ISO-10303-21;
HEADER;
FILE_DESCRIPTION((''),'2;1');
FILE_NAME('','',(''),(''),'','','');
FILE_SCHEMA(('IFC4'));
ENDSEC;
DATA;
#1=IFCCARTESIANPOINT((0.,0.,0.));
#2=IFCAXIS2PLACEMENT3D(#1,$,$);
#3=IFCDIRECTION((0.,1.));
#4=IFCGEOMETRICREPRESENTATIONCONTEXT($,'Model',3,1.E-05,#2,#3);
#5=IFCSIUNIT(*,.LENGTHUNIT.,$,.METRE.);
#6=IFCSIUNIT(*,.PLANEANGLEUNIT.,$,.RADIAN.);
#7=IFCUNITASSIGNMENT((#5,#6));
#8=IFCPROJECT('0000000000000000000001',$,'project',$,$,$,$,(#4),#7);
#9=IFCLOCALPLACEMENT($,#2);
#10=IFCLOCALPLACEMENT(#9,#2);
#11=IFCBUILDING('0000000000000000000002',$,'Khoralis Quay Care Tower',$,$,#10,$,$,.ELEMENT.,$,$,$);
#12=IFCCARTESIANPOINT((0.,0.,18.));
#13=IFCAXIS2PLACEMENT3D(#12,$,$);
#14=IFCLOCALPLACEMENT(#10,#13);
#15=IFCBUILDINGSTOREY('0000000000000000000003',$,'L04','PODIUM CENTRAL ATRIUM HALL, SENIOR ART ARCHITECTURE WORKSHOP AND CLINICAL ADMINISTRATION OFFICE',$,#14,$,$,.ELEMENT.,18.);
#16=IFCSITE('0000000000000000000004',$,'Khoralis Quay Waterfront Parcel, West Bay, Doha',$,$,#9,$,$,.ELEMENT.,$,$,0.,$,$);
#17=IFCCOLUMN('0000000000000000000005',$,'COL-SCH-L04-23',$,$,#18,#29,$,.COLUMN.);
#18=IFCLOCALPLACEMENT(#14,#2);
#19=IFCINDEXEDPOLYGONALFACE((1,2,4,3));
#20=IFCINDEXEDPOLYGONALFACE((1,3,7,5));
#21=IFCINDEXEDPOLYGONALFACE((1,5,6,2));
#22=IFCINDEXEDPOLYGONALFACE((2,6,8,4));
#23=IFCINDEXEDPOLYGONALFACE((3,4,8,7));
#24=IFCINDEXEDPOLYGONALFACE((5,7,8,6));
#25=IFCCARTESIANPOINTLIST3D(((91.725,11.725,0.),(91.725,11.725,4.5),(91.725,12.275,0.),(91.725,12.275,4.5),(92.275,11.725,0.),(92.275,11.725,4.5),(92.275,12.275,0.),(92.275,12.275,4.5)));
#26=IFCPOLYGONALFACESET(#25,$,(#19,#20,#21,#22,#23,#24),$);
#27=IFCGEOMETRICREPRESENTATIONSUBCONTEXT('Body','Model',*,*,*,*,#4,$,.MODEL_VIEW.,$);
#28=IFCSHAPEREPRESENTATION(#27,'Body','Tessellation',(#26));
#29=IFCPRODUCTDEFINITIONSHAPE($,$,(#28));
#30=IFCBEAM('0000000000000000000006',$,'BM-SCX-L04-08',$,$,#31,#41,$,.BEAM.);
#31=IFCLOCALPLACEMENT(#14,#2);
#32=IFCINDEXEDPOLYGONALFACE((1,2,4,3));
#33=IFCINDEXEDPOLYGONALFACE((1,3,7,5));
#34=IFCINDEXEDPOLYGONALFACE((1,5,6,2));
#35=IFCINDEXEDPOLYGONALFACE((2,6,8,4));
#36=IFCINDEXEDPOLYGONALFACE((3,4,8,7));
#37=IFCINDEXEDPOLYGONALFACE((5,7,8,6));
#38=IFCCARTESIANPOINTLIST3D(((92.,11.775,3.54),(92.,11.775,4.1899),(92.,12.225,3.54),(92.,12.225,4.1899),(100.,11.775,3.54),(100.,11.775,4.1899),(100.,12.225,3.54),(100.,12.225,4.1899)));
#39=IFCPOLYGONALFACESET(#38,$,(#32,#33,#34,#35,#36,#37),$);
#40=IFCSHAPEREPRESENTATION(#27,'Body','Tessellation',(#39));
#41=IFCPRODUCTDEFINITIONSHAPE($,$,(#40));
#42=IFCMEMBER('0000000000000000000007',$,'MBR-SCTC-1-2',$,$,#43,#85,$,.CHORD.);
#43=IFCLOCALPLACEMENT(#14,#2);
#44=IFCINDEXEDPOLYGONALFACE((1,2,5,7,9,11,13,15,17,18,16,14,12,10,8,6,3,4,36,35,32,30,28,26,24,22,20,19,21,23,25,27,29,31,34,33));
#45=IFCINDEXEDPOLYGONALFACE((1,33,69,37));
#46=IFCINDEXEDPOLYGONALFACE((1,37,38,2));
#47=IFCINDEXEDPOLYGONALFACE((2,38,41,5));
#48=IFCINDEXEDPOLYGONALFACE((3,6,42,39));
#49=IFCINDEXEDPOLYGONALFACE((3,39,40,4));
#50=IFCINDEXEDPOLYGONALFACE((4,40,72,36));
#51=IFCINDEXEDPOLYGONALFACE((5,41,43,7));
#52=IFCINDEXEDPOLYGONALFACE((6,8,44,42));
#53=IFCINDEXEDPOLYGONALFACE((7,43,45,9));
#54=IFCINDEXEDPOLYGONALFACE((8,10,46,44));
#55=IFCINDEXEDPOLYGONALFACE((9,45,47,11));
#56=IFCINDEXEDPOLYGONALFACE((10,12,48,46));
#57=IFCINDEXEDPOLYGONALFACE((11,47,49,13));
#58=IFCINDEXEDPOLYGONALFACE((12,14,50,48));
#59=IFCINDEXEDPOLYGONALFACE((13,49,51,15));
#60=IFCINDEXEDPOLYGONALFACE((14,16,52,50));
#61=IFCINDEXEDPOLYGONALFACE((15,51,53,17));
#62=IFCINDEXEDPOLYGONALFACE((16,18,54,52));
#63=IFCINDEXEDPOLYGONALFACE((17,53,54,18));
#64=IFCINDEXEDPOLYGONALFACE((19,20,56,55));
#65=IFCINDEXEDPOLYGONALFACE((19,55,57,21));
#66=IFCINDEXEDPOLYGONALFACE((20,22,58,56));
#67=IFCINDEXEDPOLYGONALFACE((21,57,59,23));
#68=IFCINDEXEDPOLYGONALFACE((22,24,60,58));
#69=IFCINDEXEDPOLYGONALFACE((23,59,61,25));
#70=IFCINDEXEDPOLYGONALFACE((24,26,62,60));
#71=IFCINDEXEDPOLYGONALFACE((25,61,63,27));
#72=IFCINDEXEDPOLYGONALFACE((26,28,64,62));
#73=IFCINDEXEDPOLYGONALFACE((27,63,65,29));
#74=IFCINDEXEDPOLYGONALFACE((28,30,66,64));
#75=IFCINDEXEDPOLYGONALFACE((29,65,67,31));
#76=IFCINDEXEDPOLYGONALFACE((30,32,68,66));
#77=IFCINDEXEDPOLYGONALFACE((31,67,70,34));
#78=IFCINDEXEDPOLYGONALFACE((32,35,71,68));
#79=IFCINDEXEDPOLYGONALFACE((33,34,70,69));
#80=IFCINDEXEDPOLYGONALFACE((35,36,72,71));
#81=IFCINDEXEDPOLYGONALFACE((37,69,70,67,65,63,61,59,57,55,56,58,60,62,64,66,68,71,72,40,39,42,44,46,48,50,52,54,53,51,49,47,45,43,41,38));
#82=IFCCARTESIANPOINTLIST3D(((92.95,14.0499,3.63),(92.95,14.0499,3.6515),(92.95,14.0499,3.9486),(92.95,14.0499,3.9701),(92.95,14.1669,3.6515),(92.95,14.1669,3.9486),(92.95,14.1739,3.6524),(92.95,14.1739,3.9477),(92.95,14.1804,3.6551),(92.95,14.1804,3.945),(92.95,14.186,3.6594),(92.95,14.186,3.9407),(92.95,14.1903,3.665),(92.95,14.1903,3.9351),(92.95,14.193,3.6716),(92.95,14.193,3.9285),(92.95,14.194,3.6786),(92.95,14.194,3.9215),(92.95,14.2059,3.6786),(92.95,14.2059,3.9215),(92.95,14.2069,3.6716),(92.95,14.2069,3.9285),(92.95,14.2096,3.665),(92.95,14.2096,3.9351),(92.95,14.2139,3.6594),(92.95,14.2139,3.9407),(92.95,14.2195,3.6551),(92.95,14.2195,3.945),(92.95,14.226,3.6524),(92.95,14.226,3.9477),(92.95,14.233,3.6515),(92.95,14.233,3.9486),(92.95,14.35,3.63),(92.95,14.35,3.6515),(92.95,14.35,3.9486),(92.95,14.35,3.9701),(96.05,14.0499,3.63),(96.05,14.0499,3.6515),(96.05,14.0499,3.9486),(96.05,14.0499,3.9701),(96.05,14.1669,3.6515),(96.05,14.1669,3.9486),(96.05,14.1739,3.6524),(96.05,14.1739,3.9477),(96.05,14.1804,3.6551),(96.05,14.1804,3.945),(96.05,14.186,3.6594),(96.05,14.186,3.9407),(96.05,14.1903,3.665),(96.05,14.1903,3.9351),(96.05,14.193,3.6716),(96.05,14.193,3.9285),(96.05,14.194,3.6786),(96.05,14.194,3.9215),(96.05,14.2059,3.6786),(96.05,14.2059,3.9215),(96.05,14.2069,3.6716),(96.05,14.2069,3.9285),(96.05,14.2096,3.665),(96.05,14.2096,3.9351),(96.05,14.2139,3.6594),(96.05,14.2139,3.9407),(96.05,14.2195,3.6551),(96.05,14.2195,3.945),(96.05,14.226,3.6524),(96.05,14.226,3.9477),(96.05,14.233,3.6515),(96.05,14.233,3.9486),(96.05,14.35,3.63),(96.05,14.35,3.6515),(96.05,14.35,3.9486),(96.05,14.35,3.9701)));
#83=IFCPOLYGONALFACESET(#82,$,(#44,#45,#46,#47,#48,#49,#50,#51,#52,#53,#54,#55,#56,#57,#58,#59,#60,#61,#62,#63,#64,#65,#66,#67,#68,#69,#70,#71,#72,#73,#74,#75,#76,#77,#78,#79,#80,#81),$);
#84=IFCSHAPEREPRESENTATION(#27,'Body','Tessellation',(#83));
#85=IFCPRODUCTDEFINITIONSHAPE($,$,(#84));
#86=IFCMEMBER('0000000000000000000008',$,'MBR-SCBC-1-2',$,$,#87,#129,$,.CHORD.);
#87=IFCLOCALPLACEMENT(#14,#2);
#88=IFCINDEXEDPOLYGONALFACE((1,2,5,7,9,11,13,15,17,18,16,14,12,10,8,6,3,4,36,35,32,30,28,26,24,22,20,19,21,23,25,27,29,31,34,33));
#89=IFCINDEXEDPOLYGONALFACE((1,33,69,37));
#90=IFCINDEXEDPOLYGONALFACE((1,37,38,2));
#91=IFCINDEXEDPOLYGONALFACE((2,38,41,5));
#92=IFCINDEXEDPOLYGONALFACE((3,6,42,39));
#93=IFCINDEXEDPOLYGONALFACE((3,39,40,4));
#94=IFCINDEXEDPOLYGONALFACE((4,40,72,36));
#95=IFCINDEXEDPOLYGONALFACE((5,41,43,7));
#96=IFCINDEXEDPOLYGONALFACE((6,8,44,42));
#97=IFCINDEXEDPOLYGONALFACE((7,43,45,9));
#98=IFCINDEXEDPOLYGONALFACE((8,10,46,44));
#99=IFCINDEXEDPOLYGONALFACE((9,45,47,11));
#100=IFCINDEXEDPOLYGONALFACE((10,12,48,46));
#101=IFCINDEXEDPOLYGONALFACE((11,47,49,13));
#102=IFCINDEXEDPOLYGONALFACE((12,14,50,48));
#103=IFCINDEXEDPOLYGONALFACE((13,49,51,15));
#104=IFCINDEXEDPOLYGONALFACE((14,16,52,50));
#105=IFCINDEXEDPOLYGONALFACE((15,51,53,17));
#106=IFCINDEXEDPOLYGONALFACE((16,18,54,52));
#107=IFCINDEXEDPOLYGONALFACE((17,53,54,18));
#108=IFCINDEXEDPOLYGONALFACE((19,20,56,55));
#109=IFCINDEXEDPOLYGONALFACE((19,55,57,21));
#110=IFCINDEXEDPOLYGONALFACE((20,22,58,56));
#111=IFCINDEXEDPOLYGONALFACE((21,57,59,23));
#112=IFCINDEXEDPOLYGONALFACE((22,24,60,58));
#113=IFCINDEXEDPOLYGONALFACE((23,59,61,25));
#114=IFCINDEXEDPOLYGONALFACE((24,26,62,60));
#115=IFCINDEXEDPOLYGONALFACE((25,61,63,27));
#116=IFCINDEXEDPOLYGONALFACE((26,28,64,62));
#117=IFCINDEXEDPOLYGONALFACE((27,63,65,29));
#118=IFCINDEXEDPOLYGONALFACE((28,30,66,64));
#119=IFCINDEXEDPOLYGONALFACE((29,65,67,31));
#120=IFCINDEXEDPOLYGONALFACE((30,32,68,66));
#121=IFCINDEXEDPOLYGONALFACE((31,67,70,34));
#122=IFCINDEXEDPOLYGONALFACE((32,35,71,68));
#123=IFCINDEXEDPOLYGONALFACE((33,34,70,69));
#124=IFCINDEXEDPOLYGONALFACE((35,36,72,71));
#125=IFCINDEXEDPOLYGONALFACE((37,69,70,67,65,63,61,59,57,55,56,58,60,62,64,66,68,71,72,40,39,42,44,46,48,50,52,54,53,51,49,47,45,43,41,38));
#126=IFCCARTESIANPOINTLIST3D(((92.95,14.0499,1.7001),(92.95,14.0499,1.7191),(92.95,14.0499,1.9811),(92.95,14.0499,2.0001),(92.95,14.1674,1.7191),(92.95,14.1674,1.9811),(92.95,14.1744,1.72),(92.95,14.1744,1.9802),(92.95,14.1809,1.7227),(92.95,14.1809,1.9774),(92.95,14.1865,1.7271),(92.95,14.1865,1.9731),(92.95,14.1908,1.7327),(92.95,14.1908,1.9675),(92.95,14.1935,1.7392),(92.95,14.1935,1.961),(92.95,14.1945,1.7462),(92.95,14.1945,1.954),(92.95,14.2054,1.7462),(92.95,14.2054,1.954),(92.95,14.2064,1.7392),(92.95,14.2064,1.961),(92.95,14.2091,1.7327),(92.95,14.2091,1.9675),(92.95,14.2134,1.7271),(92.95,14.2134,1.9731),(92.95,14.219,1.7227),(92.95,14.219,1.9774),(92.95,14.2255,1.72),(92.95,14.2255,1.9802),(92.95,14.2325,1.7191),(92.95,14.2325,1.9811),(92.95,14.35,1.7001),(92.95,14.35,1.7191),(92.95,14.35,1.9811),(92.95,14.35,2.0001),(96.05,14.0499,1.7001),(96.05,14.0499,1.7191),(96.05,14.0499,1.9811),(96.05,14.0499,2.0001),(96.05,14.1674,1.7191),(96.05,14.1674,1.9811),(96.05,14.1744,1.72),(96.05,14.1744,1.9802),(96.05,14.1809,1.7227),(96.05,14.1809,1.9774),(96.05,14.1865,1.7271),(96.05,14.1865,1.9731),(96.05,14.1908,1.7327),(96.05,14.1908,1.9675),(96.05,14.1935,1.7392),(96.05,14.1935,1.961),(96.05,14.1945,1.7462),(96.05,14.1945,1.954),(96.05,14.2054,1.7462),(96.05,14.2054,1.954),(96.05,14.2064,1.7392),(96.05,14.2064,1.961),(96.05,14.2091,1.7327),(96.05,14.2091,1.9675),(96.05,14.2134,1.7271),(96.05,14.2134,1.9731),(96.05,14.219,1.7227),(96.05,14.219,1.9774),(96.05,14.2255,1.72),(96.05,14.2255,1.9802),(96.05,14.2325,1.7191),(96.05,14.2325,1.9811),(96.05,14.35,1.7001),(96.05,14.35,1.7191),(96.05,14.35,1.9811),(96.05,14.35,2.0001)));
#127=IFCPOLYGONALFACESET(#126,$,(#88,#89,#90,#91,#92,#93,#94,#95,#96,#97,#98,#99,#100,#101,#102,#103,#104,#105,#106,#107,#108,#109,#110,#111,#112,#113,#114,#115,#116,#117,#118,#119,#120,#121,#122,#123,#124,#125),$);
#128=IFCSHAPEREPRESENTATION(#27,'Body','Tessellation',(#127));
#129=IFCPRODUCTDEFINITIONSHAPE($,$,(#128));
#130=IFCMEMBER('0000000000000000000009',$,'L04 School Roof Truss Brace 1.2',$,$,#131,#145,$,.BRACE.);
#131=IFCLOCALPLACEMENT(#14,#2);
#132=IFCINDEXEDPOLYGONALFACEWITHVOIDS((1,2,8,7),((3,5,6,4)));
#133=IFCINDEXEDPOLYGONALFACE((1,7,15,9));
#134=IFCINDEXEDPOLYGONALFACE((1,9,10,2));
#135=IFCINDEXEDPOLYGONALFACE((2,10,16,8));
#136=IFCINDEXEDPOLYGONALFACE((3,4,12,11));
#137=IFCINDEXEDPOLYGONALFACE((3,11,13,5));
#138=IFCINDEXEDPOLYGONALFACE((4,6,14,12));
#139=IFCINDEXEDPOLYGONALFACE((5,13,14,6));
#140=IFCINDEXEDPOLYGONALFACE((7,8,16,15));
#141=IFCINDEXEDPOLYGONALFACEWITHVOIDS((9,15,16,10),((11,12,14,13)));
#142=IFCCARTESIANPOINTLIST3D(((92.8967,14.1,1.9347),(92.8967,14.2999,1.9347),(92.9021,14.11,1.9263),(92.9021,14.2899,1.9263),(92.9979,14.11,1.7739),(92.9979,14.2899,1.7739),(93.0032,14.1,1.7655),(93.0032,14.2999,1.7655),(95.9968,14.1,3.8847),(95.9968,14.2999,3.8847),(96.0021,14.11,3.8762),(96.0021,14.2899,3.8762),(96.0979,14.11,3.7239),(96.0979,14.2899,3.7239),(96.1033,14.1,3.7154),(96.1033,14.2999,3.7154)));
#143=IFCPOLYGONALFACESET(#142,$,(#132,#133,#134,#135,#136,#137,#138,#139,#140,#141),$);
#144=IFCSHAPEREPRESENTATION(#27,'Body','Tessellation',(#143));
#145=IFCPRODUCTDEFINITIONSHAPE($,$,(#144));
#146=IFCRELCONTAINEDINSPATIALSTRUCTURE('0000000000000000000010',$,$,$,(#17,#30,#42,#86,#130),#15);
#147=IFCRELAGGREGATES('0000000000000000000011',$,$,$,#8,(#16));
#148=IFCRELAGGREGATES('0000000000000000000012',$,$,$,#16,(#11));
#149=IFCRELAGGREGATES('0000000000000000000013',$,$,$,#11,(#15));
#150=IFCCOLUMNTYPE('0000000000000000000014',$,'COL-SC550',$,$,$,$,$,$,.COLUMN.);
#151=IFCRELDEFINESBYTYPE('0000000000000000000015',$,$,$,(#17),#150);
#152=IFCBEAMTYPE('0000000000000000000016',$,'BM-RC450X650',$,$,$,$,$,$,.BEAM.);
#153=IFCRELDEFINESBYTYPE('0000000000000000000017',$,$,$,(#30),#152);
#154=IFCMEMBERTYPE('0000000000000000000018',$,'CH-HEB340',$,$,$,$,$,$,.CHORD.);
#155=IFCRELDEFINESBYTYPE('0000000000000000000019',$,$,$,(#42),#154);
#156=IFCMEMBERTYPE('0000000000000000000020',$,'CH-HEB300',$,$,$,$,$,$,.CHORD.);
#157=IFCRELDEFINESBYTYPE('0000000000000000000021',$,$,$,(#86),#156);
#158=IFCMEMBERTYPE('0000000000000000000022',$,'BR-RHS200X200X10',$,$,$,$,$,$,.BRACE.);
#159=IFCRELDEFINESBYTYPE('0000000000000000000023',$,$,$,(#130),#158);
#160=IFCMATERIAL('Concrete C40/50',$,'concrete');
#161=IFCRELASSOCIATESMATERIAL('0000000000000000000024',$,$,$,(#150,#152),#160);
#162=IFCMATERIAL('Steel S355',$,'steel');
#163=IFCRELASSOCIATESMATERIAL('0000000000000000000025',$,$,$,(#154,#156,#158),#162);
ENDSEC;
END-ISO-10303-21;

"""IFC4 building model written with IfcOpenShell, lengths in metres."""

from ifc_helpers import new_model, si_unit, direction, frame, origin, origin_2d, place, context, subcontext, project, spatial, rectangle, hollow_rectangle, i_section, extrude, source, transform, mapped, material, material_profile, profile_set, type_object, element, save


model = new_model("IFC4")

# Units and contexts
model_context = context("Model", 3, precision=1e-05, world=origin(), true_north=direction((0.0, 1.0)))
body_context = subcontext(model_context, "Body", "Model", "MODEL_VIEW")
ifc_project = project(units=[si_unit("LENGTHUNIT", "METRE"), si_unit("PLANEANGLEUNIT", "RADIAN")], contexts=[model_context])

# Site, building, storey
site_placement = place(None, origin())
site = spatial("IfcSite", under=ifc_project, at=site_placement, Name="Khoralis Quay Waterfront Parcel, West Bay, Doha", CompositionType="ELEMENT", RefElevation=0.0)
building_placement = place(site_placement, origin())
building = spatial("IfcBuilding", under=site, at=building_placement, Name="Khoralis Quay Care Tower", CompositionType="ELEMENT")
storey_placement = place(building_placement, frame((0.0, 0.0, 18.0)))
storey = spatial("IfcBuildingStorey", under=building, at=storey_placement, Name="L04", Description="PODIUM CENTRAL ATRIUM HALL, SENIOR ART ARCHITECTURE WORKSHOP AND CLINICAL ADMINISTRATION OFFICE", CompositionType="ELEMENT", Elevation=18.0)

# Column
ifc_material_1 = material(Name="Concrete C40/50", Category="concrete")
ifc_material_profile_1 = material_profile(ifc_material_1, rectangle(XDim=0.55, YDim=0.55, at=origin_2d()), Name="Concrete C40/50")
ifc_profile_set_1 = profile_set([ifc_material_profile_1], Name="Concrete C40/50")
column_type = type_object("IfcColumnType", Name="COL-SC550", PredefinedType="COLUMN", material=ifc_profile_set_1)
shared_shape_1 = source(origin(), body_context, "Body", "SweptSolid", [
    extrude(rectangle(XDim=0.55, YDim=0.55, at=origin_2d()), origin(), (0.0, 0.0, 1.0), 4.5),
])
column_placement = place(storey_placement, frame((92.0, 12.0, 0.0), z_axis=(0.0, 0.0, 1.0), x_axis=(1.0, 0.0, 0.0)))
element("IfcColumn", 1, at=column_placement, inside=storey, type_object=column_type, Name="COL-SCH-L04-23", PredefinedType="COLUMN", context=body_context, shape_type="MappedRepresentation", body=[
    mapped(shared_shape_1, transform((0.0, 0.0, 0.0), scale=1.0)),
])

# Beam
ifc_material_profile_2 = material_profile(ifc_material_1, rectangle(XDim=0.45, YDim=0.6499, at=origin_2d()), Name="Concrete C40/50")
ifc_profile_set_2 = profile_set([ifc_material_profile_2], Name="Concrete C40/50")
beam_type = type_object("IfcBeamType", Name="BM-RC450X650", PredefinedType="BEAM", material=ifc_profile_set_2)
shared_shape_2 = source(origin(), body_context, "Body", "SweptSolid", [
    extrude(rectangle(XDim=0.45, YDim=0.6499, at=origin_2d()), origin(), (0.0, 0.0, 1.0), 8.0),
])
beam_placement = place(storey_placement, frame((92.0, 12.0, 3.865), z_axis=(1.0, 0.0, 0.0), x_axis=(0.0, 1.0, 0.0)))
element("IfcBeam", 2, at=beam_placement, inside=storey, type_object=beam_type, Name="BM-SCX-L04-08", PredefinedType="BEAM", context=body_context, shape_type="MappedRepresentation", body=[
    mapped(shared_shape_2, transform((0.0, 0.0, 0.0), scale=1.0)),
])

# Members
ifc_material_2 = material(Name="Steel S355", Category="steel")
ifc_material_profile_3 = material_profile(ifc_material_2, i_section(OverallWidth=0.3, OverallDepth=0.3401, WebThickness=0.012, FlangeThickness=0.0215, FilletRadius=0.0271, at=origin_2d()), Name="Steel S355")
ifc_profile_set_3 = profile_set([ifc_material_profile_3], Name="Steel S355")
member_type_1 = type_object("IfcMemberType", Name="CH-HEB340", PredefinedType="CHORD", material=ifc_profile_set_3)
shared_shape_3 = source(origin(), body_context, "Body", "SweptSolid", [
    extrude(i_section(OverallWidth=0.3, OverallDepth=0.3401, WebThickness=0.012, FlangeThickness=0.0215, FilletRadius=0.0271, at=origin_2d()), origin(), (0.0, 0.0, 1.0), 3.1001),
])
member_1_placement = place(storey_placement, frame((92.95, 14.2, 3.8), z_axis=(1.0, 0.0, 0.0), x_axis=(0.0, 1.0, 0.0)))
element("IfcMember", 3, at=member_1_placement, inside=storey, type_object=member_type_1, Name="MBR-SCTC-1-2", PredefinedType="CHORD", context=body_context, shape_type="MappedRepresentation", body=[
    mapped(shared_shape_3, transform((0.0, 0.0, 0.0), scale=1.0)),
])
ifc_material_profile_4 = material_profile(ifc_material_2, i_section(OverallWidth=0.3, OverallDepth=0.3, WebThickness=0.011, FlangeThickness=0.019, FilletRadius=0.0271, at=origin_2d()), Name="Steel S355")
ifc_profile_set_4 = profile_set([ifc_material_profile_4], Name="Steel S355")
member_type_2 = type_object("IfcMemberType", Name="CH-HEB300", PredefinedType="CHORD", material=ifc_profile_set_4)
shared_shape_4 = source(origin(), body_context, "Body", "SweptSolid", [
    extrude(i_section(OverallWidth=0.3, OverallDepth=0.3, WebThickness=0.011, FlangeThickness=0.019, FilletRadius=0.0271, at=origin_2d()), origin(), (0.0, 0.0, 1.0), 3.1001),
])
member_2_placement = place(storey_placement, frame((92.95, 14.2, 1.8501), z_axis=(1.0, 0.0, 0.0), x_axis=(0.0, 1.0, 0.0)))
element("IfcMember", 4, at=member_2_placement, inside=storey, type_object=member_type_2, Name="MBR-SCBC-1-2", PredefinedType="CHORD", context=body_context, shape_type="MappedRepresentation", body=[
    mapped(shared_shape_4, transform((0.0, 0.0, 0.0), scale=1.0)),
])
ifc_material_profile_5 = material_profile(ifc_material_2, hollow_rectangle(XDim=0.2, YDim=0.2, WallThickness=0.01, at=origin_2d()), Name="Steel S355")
ifc_profile_set_5 = profile_set([ifc_material_profile_5], Name="Steel S355")
member_type_3 = type_object("IfcMemberType", Name="BR-RHS200X200X10", PredefinedType="BRACE", material=ifc_profile_set_5)
shared_shape_5 = source(origin(), body_context, "Body", "SweptSolid", [
    extrude(hollow_rectangle(XDim=0.2, YDim=0.2, WallThickness=0.01, at=origin_2d()), origin(), (0.0, 0.0, 1.0), 3.6624),
])
member_3_placement = place(storey_placement, frame((92.95, 14.2, 1.8501), z_axis=(0.846474, 0.0, 0.53243), x_axis=(0.0, 1.0, 0.0)))
element("IfcMember", 5, at=member_3_placement, inside=storey, type_object=member_type_3, Name="L04 School Roof Truss Brace 1.2", PredefinedType="BRACE", context=body_context, shape_type="MappedRepresentation", body=[
    mapped(shared_shape_5, transform((0.0, 0.0, 0.0), scale=1.0)),
])

save(model, "model.ifc")
